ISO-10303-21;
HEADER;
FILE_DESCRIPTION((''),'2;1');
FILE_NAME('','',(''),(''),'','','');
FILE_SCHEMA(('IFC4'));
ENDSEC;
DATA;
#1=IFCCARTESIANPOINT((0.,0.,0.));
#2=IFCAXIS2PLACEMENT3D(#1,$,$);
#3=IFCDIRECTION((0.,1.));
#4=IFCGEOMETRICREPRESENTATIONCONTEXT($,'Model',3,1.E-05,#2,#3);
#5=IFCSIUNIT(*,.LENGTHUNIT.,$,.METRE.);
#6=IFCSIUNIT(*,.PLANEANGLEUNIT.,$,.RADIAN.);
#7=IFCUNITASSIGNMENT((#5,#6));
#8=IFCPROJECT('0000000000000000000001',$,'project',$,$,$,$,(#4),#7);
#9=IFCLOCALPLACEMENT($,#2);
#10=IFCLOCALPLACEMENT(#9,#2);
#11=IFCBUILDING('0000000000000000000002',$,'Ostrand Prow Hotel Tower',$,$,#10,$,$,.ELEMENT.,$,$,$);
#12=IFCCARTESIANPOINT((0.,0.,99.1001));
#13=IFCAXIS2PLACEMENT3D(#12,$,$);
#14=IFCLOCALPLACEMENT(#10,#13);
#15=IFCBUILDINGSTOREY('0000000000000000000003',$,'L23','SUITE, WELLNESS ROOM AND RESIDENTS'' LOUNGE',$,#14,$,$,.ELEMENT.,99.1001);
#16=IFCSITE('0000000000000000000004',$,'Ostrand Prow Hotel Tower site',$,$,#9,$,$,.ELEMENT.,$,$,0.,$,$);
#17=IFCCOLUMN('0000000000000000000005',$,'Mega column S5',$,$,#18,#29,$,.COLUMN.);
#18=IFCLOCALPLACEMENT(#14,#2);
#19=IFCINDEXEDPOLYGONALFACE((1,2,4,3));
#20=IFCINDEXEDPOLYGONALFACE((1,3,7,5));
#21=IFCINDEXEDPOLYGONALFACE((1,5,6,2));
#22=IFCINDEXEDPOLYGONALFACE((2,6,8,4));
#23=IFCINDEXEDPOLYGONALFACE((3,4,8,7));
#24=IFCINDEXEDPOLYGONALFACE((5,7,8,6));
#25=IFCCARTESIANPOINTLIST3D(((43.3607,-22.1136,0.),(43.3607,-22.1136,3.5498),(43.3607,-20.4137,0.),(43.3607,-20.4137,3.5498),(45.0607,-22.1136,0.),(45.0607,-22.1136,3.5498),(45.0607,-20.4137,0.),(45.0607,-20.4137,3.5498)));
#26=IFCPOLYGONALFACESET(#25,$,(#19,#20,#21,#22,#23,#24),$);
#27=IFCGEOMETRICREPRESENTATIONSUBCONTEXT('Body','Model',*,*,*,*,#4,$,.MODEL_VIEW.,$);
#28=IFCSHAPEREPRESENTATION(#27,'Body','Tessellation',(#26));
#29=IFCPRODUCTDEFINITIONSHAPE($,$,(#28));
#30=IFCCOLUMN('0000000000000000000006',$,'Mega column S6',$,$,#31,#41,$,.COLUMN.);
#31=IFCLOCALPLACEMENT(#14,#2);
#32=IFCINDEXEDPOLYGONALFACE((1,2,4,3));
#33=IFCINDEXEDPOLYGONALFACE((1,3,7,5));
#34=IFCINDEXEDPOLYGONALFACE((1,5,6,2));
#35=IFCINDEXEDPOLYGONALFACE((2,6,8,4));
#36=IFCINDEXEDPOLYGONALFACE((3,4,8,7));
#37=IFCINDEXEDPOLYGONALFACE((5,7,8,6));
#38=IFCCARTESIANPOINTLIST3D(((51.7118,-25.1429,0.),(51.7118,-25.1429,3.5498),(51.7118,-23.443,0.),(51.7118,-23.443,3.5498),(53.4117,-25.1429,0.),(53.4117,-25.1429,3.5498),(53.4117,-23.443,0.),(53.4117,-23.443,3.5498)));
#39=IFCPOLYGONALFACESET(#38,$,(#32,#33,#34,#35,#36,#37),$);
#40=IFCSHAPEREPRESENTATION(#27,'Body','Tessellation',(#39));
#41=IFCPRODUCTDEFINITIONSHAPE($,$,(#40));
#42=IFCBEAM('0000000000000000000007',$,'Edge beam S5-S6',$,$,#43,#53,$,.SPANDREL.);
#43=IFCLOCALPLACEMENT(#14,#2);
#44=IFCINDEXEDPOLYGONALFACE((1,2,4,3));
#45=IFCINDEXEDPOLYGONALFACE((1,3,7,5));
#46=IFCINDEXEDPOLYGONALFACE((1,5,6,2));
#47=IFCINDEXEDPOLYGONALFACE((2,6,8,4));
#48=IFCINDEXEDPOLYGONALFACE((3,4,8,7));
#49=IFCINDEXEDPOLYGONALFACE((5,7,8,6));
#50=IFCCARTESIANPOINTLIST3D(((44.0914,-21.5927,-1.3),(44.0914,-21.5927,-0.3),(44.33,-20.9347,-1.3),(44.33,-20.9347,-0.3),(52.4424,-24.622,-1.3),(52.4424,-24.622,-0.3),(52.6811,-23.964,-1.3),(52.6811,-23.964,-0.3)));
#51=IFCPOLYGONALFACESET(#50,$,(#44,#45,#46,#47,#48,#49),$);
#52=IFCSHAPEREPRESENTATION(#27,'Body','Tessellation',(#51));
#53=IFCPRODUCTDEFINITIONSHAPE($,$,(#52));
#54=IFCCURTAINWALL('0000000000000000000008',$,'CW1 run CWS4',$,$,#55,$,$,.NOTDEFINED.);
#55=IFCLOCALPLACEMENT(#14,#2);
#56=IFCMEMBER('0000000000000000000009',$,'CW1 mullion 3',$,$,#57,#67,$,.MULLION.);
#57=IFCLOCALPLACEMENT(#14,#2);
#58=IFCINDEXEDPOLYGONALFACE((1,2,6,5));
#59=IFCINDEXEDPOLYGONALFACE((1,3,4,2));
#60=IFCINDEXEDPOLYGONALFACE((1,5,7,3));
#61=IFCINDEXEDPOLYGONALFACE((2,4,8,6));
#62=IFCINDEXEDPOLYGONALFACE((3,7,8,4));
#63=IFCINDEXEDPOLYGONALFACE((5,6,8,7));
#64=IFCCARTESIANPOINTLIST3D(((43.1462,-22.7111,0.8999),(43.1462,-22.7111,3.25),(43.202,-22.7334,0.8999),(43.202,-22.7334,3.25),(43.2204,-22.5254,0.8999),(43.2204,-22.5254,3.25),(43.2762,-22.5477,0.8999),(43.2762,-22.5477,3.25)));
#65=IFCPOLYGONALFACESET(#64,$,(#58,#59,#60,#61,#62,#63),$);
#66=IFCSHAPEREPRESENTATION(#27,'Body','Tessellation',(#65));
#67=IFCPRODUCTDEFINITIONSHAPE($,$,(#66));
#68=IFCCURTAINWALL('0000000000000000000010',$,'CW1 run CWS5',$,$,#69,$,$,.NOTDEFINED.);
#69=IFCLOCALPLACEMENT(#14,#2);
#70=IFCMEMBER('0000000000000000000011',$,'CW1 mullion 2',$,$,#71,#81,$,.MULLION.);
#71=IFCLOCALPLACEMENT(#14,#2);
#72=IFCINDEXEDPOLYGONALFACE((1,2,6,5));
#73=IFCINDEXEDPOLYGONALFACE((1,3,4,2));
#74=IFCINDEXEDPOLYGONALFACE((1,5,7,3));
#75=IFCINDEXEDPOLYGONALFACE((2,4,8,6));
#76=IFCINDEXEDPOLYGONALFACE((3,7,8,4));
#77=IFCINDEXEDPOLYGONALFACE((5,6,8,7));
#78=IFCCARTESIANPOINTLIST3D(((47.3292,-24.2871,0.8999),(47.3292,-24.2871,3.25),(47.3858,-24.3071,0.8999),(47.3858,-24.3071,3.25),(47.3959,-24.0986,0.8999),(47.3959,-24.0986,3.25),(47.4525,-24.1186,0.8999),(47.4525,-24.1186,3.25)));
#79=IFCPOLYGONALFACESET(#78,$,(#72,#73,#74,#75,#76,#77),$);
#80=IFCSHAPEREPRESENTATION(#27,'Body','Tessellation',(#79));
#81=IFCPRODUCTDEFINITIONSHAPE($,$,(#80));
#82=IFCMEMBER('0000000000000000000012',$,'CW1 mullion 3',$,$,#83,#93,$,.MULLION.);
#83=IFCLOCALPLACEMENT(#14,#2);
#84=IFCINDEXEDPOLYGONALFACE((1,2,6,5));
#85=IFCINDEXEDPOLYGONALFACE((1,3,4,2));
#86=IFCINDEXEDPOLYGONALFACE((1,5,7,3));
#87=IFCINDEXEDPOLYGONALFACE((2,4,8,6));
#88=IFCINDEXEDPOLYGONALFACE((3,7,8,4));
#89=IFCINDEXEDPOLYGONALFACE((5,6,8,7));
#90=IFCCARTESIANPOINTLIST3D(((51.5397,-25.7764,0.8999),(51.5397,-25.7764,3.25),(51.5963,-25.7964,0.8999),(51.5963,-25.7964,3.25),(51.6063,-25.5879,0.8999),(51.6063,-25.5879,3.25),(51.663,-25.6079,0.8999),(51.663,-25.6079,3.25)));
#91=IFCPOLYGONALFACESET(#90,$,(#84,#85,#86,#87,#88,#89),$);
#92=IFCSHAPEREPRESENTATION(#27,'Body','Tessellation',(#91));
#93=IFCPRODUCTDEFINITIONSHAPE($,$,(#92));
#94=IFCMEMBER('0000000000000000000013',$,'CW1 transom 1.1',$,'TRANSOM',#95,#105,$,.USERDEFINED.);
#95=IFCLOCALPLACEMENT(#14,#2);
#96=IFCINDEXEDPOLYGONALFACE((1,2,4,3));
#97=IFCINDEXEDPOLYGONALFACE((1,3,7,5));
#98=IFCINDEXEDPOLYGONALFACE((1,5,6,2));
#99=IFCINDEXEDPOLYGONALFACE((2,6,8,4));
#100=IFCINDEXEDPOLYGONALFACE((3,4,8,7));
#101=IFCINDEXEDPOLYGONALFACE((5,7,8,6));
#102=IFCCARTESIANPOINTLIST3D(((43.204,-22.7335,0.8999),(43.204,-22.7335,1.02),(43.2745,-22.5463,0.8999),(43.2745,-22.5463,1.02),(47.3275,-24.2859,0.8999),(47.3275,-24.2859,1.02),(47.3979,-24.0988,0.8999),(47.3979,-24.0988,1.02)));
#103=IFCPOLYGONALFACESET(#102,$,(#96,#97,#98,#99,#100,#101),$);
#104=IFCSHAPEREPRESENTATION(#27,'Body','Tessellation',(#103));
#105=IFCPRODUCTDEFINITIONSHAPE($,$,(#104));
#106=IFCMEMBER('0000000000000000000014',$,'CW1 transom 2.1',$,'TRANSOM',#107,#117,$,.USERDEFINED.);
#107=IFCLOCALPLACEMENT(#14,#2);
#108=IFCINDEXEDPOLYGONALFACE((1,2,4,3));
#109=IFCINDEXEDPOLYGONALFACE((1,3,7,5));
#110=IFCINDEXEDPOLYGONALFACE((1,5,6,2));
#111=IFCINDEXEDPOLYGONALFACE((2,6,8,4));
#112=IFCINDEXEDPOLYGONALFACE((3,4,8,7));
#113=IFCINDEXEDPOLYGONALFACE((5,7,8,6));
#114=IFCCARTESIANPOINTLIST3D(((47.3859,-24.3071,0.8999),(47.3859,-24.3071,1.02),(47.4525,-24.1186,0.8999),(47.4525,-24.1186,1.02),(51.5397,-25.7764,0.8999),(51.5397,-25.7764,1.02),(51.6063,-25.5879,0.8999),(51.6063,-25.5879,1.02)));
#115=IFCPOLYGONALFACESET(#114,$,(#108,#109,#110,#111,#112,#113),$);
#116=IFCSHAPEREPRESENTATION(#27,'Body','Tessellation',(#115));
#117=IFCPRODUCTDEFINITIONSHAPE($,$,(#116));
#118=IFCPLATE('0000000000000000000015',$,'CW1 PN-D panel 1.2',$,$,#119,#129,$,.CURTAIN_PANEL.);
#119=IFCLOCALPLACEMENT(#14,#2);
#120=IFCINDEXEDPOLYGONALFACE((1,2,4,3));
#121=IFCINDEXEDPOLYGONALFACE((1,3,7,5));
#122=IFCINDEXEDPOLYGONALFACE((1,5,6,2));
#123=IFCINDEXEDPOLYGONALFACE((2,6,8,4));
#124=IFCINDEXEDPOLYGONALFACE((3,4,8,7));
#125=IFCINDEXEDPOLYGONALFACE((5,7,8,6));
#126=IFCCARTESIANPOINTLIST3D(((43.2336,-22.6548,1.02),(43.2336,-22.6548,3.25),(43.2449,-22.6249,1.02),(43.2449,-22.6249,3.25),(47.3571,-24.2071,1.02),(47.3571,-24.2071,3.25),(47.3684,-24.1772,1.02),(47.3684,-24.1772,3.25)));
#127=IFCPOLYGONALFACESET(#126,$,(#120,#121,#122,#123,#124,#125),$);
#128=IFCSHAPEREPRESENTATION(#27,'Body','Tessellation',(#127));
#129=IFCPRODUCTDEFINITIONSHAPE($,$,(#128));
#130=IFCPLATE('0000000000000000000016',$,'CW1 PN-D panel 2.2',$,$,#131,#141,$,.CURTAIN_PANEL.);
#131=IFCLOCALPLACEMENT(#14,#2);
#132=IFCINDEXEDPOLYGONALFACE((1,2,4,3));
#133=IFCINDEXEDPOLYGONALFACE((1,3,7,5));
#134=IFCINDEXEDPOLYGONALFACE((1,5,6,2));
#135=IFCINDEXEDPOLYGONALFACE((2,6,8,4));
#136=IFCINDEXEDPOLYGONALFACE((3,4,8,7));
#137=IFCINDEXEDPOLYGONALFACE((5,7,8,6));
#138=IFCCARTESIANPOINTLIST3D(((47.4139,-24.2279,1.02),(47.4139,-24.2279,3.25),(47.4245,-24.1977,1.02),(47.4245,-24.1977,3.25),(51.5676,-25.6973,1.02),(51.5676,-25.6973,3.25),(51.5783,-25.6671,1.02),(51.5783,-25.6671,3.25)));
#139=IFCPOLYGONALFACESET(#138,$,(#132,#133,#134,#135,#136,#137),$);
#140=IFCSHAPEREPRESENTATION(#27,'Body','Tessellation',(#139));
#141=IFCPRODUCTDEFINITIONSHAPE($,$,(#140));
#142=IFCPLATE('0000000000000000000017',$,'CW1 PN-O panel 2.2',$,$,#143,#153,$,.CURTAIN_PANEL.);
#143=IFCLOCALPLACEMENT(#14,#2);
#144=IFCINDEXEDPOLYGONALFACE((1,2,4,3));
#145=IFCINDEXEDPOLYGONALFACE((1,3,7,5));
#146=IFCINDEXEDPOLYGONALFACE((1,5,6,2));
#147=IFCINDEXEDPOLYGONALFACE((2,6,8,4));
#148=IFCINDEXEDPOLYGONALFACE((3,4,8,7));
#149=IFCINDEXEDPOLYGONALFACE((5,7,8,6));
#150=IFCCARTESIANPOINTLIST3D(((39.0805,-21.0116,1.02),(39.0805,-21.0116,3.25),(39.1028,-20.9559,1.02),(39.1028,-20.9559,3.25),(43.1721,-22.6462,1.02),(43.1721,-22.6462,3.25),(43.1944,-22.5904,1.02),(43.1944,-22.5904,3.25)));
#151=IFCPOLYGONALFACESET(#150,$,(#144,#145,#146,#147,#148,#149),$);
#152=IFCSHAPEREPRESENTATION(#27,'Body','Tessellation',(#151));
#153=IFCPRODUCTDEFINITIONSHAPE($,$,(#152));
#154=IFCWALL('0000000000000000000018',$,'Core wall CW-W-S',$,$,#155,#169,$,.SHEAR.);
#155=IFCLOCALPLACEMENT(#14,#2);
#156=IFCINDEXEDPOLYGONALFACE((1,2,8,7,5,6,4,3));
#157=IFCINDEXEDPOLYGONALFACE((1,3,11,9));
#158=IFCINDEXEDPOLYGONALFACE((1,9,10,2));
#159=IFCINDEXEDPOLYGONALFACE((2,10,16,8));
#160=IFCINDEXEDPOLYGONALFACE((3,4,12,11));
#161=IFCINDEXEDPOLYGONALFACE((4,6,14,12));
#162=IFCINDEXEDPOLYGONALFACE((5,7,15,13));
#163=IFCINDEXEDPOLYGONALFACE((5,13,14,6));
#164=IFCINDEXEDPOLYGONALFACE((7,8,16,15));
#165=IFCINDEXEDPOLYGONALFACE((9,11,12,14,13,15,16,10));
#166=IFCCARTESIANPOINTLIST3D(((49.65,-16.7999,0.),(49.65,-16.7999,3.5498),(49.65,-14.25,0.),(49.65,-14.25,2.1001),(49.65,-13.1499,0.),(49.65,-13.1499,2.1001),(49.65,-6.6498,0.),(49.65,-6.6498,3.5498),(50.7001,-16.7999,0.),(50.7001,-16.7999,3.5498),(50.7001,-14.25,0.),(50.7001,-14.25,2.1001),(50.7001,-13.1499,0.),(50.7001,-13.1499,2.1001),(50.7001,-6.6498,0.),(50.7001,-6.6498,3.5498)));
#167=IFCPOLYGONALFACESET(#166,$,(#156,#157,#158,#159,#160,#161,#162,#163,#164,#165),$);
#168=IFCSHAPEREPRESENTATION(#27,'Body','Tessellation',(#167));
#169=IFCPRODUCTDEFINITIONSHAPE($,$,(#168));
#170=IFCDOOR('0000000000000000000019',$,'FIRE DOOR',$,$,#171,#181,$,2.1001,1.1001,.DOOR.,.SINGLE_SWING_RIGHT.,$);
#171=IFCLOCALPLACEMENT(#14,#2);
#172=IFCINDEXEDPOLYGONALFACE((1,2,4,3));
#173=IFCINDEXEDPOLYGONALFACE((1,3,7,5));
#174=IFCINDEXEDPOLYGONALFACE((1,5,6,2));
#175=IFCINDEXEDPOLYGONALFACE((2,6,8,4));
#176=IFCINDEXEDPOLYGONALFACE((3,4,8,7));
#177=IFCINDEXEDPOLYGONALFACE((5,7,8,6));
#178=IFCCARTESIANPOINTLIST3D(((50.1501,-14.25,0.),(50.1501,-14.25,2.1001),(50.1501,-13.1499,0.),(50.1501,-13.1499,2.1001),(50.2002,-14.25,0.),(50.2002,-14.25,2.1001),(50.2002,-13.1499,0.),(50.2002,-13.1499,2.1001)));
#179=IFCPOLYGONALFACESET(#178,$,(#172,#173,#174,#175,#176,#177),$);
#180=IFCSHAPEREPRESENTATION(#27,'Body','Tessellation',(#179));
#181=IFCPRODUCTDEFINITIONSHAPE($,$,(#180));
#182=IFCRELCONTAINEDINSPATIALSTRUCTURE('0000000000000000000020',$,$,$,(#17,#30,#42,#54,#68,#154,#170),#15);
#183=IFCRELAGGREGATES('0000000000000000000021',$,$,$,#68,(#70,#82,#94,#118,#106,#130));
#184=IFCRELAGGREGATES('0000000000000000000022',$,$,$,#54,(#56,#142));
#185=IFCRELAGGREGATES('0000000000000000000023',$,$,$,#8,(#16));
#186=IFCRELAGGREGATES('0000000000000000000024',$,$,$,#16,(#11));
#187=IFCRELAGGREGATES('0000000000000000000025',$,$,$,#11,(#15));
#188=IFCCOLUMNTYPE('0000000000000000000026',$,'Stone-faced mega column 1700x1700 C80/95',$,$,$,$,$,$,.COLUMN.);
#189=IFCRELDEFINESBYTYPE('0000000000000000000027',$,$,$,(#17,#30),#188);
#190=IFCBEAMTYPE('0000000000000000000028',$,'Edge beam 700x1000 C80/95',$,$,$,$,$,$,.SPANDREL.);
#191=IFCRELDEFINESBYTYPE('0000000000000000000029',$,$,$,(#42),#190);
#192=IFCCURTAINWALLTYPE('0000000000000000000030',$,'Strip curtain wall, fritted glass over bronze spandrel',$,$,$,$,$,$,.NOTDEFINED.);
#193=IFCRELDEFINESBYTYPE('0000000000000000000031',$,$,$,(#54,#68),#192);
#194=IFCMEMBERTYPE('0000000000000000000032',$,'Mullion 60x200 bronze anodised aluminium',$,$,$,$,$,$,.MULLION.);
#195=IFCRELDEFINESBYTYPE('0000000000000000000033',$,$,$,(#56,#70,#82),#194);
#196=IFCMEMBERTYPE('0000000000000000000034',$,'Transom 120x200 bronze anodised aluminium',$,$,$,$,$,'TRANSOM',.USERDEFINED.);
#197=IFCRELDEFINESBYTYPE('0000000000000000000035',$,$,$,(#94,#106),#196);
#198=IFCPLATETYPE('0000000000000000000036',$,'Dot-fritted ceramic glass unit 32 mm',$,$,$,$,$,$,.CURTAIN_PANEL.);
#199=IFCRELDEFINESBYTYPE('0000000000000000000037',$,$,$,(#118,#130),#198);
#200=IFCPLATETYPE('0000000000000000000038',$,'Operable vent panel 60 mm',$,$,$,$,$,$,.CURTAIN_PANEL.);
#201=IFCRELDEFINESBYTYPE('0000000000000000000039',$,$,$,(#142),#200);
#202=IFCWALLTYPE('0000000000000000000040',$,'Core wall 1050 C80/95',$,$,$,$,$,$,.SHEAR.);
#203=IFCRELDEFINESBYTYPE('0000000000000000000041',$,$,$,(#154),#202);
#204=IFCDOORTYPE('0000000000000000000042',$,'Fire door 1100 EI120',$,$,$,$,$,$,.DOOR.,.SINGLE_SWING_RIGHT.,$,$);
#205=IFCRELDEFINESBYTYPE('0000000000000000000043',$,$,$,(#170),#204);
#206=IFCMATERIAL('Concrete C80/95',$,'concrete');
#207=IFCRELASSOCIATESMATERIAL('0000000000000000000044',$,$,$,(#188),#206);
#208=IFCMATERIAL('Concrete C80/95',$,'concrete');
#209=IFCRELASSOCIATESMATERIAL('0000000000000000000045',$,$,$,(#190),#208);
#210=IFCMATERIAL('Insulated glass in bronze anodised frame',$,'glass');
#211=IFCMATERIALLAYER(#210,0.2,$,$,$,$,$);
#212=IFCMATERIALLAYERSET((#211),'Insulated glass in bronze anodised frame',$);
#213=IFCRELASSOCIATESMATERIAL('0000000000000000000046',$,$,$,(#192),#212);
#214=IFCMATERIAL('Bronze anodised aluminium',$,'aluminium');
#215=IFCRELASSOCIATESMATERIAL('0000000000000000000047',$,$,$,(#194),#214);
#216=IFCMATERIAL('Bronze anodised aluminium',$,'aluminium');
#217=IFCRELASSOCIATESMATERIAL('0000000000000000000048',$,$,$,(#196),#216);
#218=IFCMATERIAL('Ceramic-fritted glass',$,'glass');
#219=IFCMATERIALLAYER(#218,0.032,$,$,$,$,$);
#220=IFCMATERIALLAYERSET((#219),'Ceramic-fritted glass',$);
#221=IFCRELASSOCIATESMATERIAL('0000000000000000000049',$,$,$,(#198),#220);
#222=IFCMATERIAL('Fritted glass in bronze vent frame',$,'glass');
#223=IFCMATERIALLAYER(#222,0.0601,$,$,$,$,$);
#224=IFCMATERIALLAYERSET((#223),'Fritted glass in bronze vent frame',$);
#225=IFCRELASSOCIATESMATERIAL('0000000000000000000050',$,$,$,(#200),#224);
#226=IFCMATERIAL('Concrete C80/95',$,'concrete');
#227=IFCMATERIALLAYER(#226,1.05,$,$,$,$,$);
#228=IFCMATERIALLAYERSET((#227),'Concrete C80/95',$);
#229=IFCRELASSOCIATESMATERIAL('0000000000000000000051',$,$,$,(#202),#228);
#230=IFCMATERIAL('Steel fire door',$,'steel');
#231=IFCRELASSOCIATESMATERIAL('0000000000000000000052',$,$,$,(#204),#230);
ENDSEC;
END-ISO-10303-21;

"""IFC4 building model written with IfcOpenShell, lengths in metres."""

from ifc_helpers import new_model, si_unit, direction, frame, frame_2d, origin, origin_2d, place, context, subcontext, project, spatial, rectangle, extrude, material, layer, layer_set, material_profile, profile_set, type_object, element, fill, aggregate, save


model = new_model("IFC4")

# Units and contexts
model_context = context("Model", 3, precision=1e-05, world=origin(), true_north=direction((0.0, 1.0)))
body_context = subcontext(model_context, "Body", "Model", "MODEL_VIEW")
ifc_project = project(units=[si_unit("LENGTHUNIT", "METRE"), si_unit("PLANEANGLEUNIT", "RADIAN")], contexts=[model_context])

# Site, building, storey
site_placement = place(None, origin())
site = spatial("IfcSite", under=ifc_project, at=site_placement, Name="Ostrand Prow Hotel Tower site", CompositionType="ELEMENT", RefElevation=0.0)
building_placement = place(site_placement, origin())
building = spatial("IfcBuilding", under=site, at=building_placement, Name="Ostrand Prow Hotel Tower", CompositionType="ELEMENT")
storey_placement = place(building_placement, frame((0.0, 0.0, 99.1001)))
storey = spatial("IfcBuildingStorey", under=building, at=storey_placement, Name="L23", Description="SUITE, WELLNESS ROOM AND RESIDENTS' LOUNGE", CompositionType="ELEMENT", Elevation=99.1001)

# Columns
ifc_material_1 = material(Name="Concrete C80/95", Category="concrete")
ifc_material_profile_1 = material_profile(ifc_material_1, rectangle(XDim=1.7, YDim=1.7, at=origin_2d()), Name="RC 1700x1700")
ifc_profile_set_1 = profile_set([ifc_material_profile_1], Name="Concrete C80/95")
column_type = type_object("IfcColumnType", Name="Stone-faced mega column 1700x1700 C80/95", PredefinedType="COLUMN", material=ifc_profile_set_1)
for number, where, z_axis, x_axis, name in (
    (1, (44.2107, -21.2637, 0.0), (0.0, 0.0, 1.0), (1.0, 0.0, 0.0), "Mega column S5"),
    (2, (52.5618, -24.293, 0.0), (0.0, 0.0, 1.0), (1.0, 0.0, 0.0), "Mega column S6"),
):
    element("IfcColumn", number, at=place(storey_placement, frame(where, z_axis=z_axis, x_axis=x_axis)), inside=storey, type_object=column_type, Name=name, PredefinedType="COLUMN", context=body_context, shape_type="SweptSolid", body=[
        extrude(rectangle(XDim=1.7, YDim=1.7, at=origin_2d()), origin(), (0.0, 0.0, 1.0), 3.5498),
    ])

# Beam
ifc_material_2 = material(Name="Concrete C80/95", Category="concrete")
ifc_material_profile_2 = material_profile(ifc_material_2, rectangle(XDim=0.7, YDim=1.0, at=origin_2d()), Name="RC 700x1000")
ifc_profile_set_2 = profile_set([ifc_material_profile_2], Name="Concrete C80/95")
beam_type = type_object("IfcBeamType", Name="Edge beam 700x1000 C80/95", PredefinedType="SPANDREL", material=ifc_profile_set_2)
beam_placement = place(storey_placement, frame((44.2107, -21.2637, -0.8), z_axis=(0.940063, -0.341002, 0.0), x_axis=(0.341002, 0.940063, 0.0)))
element("IfcBeam", 3, at=beam_placement, inside=storey, type_object=beam_type, Name="Edge beam S5-S6", PredefinedType="SPANDREL", context=body_context, shape_type="SweptSolid", body=[
    extrude(rectangle(XDim=0.7, YDim=1.0, at=origin_2d()), origin(), (0.0, 0.0, 1.0), 8.8835),
])

# Curtain wall, member
ifc_material_3 = material(Name="Insulated glass in bronze anodised frame", Category="glass")
ifc_layer_1 = layer(ifc_material_3, 0.2)
ifc_layer_set_1 = layer_set([ifc_layer_1], Name="Insulated glass in bronze anodised frame")
curtain_wall_type = type_object("IfcCurtainWallType", Name="Strip curtain wall, fritted glass over bronze spandrel", PredefinedType="NOTDEFINED", material=ifc_layer_set_1)
curtain_wall_1_placement = place(storey_placement, origin())
curtain_wall_1 = element("IfcCurtainWall", 4, at=curtain_wall_1_placement, inside=storey, type_object=curtain_wall_type, Name="CW1 run CWS4", PredefinedType="NOTDEFINED")
ifc_material_4 = material(Name="Bronze anodised aluminium", Category="aluminium")
ifc_material_profile_3 = material_profile(ifc_material_4, rectangle(XDim=0.2, YDim=0.0601, at=origin_2d()), Name="Mullion 60x200 bronze anodised aluminium")
ifc_profile_set_3 = profile_set([ifc_material_profile_3], Name="Bronze anodised aluminium")
member_type_1 = type_object("IfcMemberType", Name="Mullion 60x200 bronze anodised aluminium", PredefinedType="MULLION", material=ifc_profile_set_3)
member_1_placement = place(storey_placement, frame((43.2112, -22.6294, 0.8999), z_axis=(0.0, 0.0, 1.0), x_axis=(0.370982, 0.92864, 0.0)))
member_1 = element("IfcMember", 5, at=member_1_placement, type_object=member_type_1, Name="CW1 mullion 3", PredefinedType="MULLION", context=body_context, shape_type="SweptSolid", body=[
    extrude(rectangle(XDim=0.2, YDim=0.0601, at=origin_2d()), origin(), (0.0, 0.0, 1.0), 2.3501),
])

# Curtain wall, members, plates
curtain_wall_2_placement = place(storey_placement, origin())
curtain_wall_2 = element("IfcCurtainWall", 6, at=curtain_wall_2_placement, inside=storey, type_object=curtain_wall_type, Name="CW1 run CWS5", PredefinedType="NOTDEFINED")
member_2_placement = place(storey_placement, frame((47.3909, -24.2029, 0.8999), z_axis=(0.0, 0.0, 1.0), x_axis=(0.333496, 0.942752, 0.0)))
member_2 = element("IfcMember", 7, at=member_2_placement, type_object=member_type_1, Name="CW1 mullion 2", PredefinedType="MULLION", context=body_context, shape_type="SweptSolid", body=[
    extrude(rectangle(XDim=0.2, YDim=0.0601, at=origin_2d()), origin(), (0.0, 0.0, 1.0), 2.3501),
])
member_3_placement = place(storey_placement, frame((51.6013, -25.6921, 0.8999), z_axis=(0.0, 0.0, 1.0), x_axis=(0.333496, 0.942752, 0.0)))
member_3 = element("IfcMember", 8, at=member_3_placement, type_object=member_type_1, Name="CW1 mullion 3", PredefinedType="MULLION", context=body_context, shape_type="SweptSolid", body=[
    extrude(rectangle(XDim=0.2, YDim=0.0601, at=origin_2d()), origin(), (0.0, 0.0, 1.0), 2.3501),
])
ifc_material_5 = material(Name="Bronze anodised aluminium", Category="aluminium")
ifc_material_profile_4 = material_profile(ifc_material_5, rectangle(XDim=0.2, YDim=0.1201, at=origin_2d()), Name="Transom 120x200 bronze anodised aluminium")
ifc_profile_set_4 = profile_set([ifc_material_profile_4], Name="Bronze anodised aluminium")
member_type_2 = type_object("IfcMemberType", Name="Transom 120x200 bronze anodised aluminium", ElementType="TRANSOM", PredefinedType="USERDEFINED", material=ifc_profile_set_4)
member_4_placement = place(storey_placement, frame((43.2393, -22.6399, 0.96), z_axis=(0.935868, -0.35235, 0.0), x_axis=(0.35235, 0.935868, 0.0)))
member_4 = element("IfcMember", 9, at=member_4_placement, type_object=member_type_2, Name="CW1 transom 1.1", ObjectType="TRANSOM", PredefinedType="USERDEFINED", context=body_context, shape_type="SweptSolid", body=[
    extrude(rectangle(XDim=0.2, YDim=0.1201, at=origin_2d()), origin(), (0.0, 0.0, 1.0), 4.406),
])
member_5_placement = place(storey_placement, frame((47.4192, -24.2129, 0.96), z_axis=(0.942763, -0.333463, 0.0), x_axis=(0.333463, 0.942763, 0.0)))
member_5 = element("IfcMember", 10, at=member_5_placement, type_object=member_type_2, Name="CW1 transom 2.1", ObjectType="TRANSOM", PredefinedType="USERDEFINED", context=body_context, shape_type="SweptSolid", body=[
    extrude(rectangle(XDim=0.2, YDim=0.1201, at=origin_2d()), origin(), (0.0, 0.0, 1.0), 4.406),
])
ifc_material_6 = material(Name="Ceramic-fritted glass", Category="glass")
ifc_layer_2 = layer(ifc_material_6, 0.032)
ifc_layer_set_2 = layer_set([ifc_layer_2], Name="Ceramic-fritted glass")
plate_type_1 = type_object("IfcPlateType", Name="Dot-fritted ceramic glass unit 32 mm", PredefinedType="CURTAIN_PANEL", material=ifc_layer_set_2)
plate_1_placement = place(storey_placement, frame((45.301, -23.416, 1.02), z_axis=(0.0, 0.0, 1.0), x_axis=(0.935884, -0.352309, 0.0)))
plate_1 = element("IfcPlate", 11, at=plate_1_placement, type_object=plate_type_1, Name="CW1 PN-D panel 1.2", PredefinedType="CURTAIN_PANEL", context=body_context, shape_type="SweptSolid", body=[
    extrude(rectangle(XDim=4.406, YDim=0.032, at=origin_2d()), origin(), (0.0, 0.0, 1.0), 2.23),
])
plate_2_placement = place(storey_placement, frame((49.4961, -24.9475, 1.02), z_axis=(0.0, 0.0, 1.0), x_axis=(0.942752, -0.333496, 0.0)))
plate_2 = element("IfcPlate", 12, at=plate_2_placement, type_object=plate_type_1, Name="CW1 PN-D panel 2.2", PredefinedType="CURTAIN_PANEL", context=body_context, shape_type="SweptSolid", body=[
    extrude(rectangle(XDim=4.406, YDim=0.032, at=origin_2d()), origin(), (0.0, 0.0, 1.0), 2.23),
])
aggregate(curtain_wall_2, [member_2, member_3, member_4, plate_1, member_5, plate_2])

# Plate
ifc_material_7 = material(Name="Fritted glass in bronze vent frame", Category="glass")
ifc_layer_3 = layer(ifc_material_7, 0.0601)
ifc_layer_set_3 = layer_set([ifc_layer_3], Name="Fritted glass in bronze vent frame")
plate_type_2 = type_object("IfcPlateType", Name="Operable vent panel 60 mm", PredefinedType="CURTAIN_PANEL", material=ifc_layer_set_3)
plate_3_placement = place(storey_placement, frame((41.1375, -21.801, 1.02), z_axis=(0.0, 0.0, 1.0), x_axis=(0.92864, -0.370982, 0.0)))
plate_3 = element("IfcPlate", 13, at=plate_3_placement, type_object=plate_type_2, Name="CW1 PN-O panel 2.2", PredefinedType="CURTAIN_PANEL", context=body_context, shape_type="SweptSolid", body=[
    extrude(rectangle(XDim=4.406, YDim=0.0601, at=origin_2d()), origin(), (0.0, 0.0, 1.0), 2.23),
])
aggregate(curtain_wall_1, [member_1, plate_3])

# Wall, opening, door
ifc_material_8 = material(Name="Concrete C80/95", Category="concrete")
ifc_layer_4 = layer(ifc_material_8, 1.05)
ifc_layer_set_4 = layer_set([ifc_layer_4], Name="Concrete C80/95")
wall_type_1 = type_object("IfcWallType", Name="Core wall 1050 C80/95", PredefinedType="SHEAR", material=ifc_layer_set_4)
wall_1_placement = place(storey_placement, frame((50.175, -16.8, 0.0), z_axis=(0.0, 0.0, 1.0), x_axis=(0.0, 1.0, 0.0)))
wall_1 = element("IfcWall", 14, at=wall_1_placement, inside=storey, type_object=wall_type_1, Name="Core wall CW-W-S", PredefinedType="SHEAR", context=body_context, shape_type="SweptSolid", body=[
    extrude(rectangle(XDim=10.1501, YDim=1.05, at=frame_2d((5.0752, 0.0))), origin(), (0.0, 0.0, 1.0), 3.5498),
])
opening_1_placement = place(wall_1_placement, frame((2.55, 0.0, 0.0)))
opening_1 = element("IfcOpeningElement", 15, at=opening_1_placement, cuts=wall_1, PredefinedType="OPENING", context=body_context, shape_type="SweptSolid", body=[
    extrude(rectangle(XDim=1.1001, YDim=2.1001, at=frame_2d((0.55, 1.05))), frame((0.0, 0.5349, 0.0), z_axis=(0.0, -1.0, 0.0), x_axis=(1.0, 0.0, 0.0)), (0.0, 0.0, 1.0), 1.0701),
])
ifc_material_9 = material(Name="Steel fire door", Category="steel")
door_type_1 = type_object("IfcDoorType", Name="Fire door 1100 EI120", OperationType="SINGLE_SWING_RIGHT", PredefinedType="DOOR", material=ifc_material_9)
door_1_placement = place(opening_1_placement, origin())
door_1 = element("IfcDoor", 16, at=door_1_placement, inside=storey, type_object=door_type_1, Name="FIRE DOOR", OperationType="SINGLE_SWING_RIGHT", OverallHeight=2.1001, OverallWidth=1.1001, PredefinedType="DOOR", context=body_context, shape_type="SweptSolid", body=[
    extrude(rectangle(XDim=1.1001, YDim=2.1001, at=frame_2d((0.55, 1.05))), frame((0.0, 0.0249, 0.0), z_axis=(0.0, -1.0, 0.0), x_axis=(1.0, 0.0, 0.0)), (0.0, 0.0, 1.0), 0.05),
])
fill(opening_1, door_1)

save(model, "model.ifc")
